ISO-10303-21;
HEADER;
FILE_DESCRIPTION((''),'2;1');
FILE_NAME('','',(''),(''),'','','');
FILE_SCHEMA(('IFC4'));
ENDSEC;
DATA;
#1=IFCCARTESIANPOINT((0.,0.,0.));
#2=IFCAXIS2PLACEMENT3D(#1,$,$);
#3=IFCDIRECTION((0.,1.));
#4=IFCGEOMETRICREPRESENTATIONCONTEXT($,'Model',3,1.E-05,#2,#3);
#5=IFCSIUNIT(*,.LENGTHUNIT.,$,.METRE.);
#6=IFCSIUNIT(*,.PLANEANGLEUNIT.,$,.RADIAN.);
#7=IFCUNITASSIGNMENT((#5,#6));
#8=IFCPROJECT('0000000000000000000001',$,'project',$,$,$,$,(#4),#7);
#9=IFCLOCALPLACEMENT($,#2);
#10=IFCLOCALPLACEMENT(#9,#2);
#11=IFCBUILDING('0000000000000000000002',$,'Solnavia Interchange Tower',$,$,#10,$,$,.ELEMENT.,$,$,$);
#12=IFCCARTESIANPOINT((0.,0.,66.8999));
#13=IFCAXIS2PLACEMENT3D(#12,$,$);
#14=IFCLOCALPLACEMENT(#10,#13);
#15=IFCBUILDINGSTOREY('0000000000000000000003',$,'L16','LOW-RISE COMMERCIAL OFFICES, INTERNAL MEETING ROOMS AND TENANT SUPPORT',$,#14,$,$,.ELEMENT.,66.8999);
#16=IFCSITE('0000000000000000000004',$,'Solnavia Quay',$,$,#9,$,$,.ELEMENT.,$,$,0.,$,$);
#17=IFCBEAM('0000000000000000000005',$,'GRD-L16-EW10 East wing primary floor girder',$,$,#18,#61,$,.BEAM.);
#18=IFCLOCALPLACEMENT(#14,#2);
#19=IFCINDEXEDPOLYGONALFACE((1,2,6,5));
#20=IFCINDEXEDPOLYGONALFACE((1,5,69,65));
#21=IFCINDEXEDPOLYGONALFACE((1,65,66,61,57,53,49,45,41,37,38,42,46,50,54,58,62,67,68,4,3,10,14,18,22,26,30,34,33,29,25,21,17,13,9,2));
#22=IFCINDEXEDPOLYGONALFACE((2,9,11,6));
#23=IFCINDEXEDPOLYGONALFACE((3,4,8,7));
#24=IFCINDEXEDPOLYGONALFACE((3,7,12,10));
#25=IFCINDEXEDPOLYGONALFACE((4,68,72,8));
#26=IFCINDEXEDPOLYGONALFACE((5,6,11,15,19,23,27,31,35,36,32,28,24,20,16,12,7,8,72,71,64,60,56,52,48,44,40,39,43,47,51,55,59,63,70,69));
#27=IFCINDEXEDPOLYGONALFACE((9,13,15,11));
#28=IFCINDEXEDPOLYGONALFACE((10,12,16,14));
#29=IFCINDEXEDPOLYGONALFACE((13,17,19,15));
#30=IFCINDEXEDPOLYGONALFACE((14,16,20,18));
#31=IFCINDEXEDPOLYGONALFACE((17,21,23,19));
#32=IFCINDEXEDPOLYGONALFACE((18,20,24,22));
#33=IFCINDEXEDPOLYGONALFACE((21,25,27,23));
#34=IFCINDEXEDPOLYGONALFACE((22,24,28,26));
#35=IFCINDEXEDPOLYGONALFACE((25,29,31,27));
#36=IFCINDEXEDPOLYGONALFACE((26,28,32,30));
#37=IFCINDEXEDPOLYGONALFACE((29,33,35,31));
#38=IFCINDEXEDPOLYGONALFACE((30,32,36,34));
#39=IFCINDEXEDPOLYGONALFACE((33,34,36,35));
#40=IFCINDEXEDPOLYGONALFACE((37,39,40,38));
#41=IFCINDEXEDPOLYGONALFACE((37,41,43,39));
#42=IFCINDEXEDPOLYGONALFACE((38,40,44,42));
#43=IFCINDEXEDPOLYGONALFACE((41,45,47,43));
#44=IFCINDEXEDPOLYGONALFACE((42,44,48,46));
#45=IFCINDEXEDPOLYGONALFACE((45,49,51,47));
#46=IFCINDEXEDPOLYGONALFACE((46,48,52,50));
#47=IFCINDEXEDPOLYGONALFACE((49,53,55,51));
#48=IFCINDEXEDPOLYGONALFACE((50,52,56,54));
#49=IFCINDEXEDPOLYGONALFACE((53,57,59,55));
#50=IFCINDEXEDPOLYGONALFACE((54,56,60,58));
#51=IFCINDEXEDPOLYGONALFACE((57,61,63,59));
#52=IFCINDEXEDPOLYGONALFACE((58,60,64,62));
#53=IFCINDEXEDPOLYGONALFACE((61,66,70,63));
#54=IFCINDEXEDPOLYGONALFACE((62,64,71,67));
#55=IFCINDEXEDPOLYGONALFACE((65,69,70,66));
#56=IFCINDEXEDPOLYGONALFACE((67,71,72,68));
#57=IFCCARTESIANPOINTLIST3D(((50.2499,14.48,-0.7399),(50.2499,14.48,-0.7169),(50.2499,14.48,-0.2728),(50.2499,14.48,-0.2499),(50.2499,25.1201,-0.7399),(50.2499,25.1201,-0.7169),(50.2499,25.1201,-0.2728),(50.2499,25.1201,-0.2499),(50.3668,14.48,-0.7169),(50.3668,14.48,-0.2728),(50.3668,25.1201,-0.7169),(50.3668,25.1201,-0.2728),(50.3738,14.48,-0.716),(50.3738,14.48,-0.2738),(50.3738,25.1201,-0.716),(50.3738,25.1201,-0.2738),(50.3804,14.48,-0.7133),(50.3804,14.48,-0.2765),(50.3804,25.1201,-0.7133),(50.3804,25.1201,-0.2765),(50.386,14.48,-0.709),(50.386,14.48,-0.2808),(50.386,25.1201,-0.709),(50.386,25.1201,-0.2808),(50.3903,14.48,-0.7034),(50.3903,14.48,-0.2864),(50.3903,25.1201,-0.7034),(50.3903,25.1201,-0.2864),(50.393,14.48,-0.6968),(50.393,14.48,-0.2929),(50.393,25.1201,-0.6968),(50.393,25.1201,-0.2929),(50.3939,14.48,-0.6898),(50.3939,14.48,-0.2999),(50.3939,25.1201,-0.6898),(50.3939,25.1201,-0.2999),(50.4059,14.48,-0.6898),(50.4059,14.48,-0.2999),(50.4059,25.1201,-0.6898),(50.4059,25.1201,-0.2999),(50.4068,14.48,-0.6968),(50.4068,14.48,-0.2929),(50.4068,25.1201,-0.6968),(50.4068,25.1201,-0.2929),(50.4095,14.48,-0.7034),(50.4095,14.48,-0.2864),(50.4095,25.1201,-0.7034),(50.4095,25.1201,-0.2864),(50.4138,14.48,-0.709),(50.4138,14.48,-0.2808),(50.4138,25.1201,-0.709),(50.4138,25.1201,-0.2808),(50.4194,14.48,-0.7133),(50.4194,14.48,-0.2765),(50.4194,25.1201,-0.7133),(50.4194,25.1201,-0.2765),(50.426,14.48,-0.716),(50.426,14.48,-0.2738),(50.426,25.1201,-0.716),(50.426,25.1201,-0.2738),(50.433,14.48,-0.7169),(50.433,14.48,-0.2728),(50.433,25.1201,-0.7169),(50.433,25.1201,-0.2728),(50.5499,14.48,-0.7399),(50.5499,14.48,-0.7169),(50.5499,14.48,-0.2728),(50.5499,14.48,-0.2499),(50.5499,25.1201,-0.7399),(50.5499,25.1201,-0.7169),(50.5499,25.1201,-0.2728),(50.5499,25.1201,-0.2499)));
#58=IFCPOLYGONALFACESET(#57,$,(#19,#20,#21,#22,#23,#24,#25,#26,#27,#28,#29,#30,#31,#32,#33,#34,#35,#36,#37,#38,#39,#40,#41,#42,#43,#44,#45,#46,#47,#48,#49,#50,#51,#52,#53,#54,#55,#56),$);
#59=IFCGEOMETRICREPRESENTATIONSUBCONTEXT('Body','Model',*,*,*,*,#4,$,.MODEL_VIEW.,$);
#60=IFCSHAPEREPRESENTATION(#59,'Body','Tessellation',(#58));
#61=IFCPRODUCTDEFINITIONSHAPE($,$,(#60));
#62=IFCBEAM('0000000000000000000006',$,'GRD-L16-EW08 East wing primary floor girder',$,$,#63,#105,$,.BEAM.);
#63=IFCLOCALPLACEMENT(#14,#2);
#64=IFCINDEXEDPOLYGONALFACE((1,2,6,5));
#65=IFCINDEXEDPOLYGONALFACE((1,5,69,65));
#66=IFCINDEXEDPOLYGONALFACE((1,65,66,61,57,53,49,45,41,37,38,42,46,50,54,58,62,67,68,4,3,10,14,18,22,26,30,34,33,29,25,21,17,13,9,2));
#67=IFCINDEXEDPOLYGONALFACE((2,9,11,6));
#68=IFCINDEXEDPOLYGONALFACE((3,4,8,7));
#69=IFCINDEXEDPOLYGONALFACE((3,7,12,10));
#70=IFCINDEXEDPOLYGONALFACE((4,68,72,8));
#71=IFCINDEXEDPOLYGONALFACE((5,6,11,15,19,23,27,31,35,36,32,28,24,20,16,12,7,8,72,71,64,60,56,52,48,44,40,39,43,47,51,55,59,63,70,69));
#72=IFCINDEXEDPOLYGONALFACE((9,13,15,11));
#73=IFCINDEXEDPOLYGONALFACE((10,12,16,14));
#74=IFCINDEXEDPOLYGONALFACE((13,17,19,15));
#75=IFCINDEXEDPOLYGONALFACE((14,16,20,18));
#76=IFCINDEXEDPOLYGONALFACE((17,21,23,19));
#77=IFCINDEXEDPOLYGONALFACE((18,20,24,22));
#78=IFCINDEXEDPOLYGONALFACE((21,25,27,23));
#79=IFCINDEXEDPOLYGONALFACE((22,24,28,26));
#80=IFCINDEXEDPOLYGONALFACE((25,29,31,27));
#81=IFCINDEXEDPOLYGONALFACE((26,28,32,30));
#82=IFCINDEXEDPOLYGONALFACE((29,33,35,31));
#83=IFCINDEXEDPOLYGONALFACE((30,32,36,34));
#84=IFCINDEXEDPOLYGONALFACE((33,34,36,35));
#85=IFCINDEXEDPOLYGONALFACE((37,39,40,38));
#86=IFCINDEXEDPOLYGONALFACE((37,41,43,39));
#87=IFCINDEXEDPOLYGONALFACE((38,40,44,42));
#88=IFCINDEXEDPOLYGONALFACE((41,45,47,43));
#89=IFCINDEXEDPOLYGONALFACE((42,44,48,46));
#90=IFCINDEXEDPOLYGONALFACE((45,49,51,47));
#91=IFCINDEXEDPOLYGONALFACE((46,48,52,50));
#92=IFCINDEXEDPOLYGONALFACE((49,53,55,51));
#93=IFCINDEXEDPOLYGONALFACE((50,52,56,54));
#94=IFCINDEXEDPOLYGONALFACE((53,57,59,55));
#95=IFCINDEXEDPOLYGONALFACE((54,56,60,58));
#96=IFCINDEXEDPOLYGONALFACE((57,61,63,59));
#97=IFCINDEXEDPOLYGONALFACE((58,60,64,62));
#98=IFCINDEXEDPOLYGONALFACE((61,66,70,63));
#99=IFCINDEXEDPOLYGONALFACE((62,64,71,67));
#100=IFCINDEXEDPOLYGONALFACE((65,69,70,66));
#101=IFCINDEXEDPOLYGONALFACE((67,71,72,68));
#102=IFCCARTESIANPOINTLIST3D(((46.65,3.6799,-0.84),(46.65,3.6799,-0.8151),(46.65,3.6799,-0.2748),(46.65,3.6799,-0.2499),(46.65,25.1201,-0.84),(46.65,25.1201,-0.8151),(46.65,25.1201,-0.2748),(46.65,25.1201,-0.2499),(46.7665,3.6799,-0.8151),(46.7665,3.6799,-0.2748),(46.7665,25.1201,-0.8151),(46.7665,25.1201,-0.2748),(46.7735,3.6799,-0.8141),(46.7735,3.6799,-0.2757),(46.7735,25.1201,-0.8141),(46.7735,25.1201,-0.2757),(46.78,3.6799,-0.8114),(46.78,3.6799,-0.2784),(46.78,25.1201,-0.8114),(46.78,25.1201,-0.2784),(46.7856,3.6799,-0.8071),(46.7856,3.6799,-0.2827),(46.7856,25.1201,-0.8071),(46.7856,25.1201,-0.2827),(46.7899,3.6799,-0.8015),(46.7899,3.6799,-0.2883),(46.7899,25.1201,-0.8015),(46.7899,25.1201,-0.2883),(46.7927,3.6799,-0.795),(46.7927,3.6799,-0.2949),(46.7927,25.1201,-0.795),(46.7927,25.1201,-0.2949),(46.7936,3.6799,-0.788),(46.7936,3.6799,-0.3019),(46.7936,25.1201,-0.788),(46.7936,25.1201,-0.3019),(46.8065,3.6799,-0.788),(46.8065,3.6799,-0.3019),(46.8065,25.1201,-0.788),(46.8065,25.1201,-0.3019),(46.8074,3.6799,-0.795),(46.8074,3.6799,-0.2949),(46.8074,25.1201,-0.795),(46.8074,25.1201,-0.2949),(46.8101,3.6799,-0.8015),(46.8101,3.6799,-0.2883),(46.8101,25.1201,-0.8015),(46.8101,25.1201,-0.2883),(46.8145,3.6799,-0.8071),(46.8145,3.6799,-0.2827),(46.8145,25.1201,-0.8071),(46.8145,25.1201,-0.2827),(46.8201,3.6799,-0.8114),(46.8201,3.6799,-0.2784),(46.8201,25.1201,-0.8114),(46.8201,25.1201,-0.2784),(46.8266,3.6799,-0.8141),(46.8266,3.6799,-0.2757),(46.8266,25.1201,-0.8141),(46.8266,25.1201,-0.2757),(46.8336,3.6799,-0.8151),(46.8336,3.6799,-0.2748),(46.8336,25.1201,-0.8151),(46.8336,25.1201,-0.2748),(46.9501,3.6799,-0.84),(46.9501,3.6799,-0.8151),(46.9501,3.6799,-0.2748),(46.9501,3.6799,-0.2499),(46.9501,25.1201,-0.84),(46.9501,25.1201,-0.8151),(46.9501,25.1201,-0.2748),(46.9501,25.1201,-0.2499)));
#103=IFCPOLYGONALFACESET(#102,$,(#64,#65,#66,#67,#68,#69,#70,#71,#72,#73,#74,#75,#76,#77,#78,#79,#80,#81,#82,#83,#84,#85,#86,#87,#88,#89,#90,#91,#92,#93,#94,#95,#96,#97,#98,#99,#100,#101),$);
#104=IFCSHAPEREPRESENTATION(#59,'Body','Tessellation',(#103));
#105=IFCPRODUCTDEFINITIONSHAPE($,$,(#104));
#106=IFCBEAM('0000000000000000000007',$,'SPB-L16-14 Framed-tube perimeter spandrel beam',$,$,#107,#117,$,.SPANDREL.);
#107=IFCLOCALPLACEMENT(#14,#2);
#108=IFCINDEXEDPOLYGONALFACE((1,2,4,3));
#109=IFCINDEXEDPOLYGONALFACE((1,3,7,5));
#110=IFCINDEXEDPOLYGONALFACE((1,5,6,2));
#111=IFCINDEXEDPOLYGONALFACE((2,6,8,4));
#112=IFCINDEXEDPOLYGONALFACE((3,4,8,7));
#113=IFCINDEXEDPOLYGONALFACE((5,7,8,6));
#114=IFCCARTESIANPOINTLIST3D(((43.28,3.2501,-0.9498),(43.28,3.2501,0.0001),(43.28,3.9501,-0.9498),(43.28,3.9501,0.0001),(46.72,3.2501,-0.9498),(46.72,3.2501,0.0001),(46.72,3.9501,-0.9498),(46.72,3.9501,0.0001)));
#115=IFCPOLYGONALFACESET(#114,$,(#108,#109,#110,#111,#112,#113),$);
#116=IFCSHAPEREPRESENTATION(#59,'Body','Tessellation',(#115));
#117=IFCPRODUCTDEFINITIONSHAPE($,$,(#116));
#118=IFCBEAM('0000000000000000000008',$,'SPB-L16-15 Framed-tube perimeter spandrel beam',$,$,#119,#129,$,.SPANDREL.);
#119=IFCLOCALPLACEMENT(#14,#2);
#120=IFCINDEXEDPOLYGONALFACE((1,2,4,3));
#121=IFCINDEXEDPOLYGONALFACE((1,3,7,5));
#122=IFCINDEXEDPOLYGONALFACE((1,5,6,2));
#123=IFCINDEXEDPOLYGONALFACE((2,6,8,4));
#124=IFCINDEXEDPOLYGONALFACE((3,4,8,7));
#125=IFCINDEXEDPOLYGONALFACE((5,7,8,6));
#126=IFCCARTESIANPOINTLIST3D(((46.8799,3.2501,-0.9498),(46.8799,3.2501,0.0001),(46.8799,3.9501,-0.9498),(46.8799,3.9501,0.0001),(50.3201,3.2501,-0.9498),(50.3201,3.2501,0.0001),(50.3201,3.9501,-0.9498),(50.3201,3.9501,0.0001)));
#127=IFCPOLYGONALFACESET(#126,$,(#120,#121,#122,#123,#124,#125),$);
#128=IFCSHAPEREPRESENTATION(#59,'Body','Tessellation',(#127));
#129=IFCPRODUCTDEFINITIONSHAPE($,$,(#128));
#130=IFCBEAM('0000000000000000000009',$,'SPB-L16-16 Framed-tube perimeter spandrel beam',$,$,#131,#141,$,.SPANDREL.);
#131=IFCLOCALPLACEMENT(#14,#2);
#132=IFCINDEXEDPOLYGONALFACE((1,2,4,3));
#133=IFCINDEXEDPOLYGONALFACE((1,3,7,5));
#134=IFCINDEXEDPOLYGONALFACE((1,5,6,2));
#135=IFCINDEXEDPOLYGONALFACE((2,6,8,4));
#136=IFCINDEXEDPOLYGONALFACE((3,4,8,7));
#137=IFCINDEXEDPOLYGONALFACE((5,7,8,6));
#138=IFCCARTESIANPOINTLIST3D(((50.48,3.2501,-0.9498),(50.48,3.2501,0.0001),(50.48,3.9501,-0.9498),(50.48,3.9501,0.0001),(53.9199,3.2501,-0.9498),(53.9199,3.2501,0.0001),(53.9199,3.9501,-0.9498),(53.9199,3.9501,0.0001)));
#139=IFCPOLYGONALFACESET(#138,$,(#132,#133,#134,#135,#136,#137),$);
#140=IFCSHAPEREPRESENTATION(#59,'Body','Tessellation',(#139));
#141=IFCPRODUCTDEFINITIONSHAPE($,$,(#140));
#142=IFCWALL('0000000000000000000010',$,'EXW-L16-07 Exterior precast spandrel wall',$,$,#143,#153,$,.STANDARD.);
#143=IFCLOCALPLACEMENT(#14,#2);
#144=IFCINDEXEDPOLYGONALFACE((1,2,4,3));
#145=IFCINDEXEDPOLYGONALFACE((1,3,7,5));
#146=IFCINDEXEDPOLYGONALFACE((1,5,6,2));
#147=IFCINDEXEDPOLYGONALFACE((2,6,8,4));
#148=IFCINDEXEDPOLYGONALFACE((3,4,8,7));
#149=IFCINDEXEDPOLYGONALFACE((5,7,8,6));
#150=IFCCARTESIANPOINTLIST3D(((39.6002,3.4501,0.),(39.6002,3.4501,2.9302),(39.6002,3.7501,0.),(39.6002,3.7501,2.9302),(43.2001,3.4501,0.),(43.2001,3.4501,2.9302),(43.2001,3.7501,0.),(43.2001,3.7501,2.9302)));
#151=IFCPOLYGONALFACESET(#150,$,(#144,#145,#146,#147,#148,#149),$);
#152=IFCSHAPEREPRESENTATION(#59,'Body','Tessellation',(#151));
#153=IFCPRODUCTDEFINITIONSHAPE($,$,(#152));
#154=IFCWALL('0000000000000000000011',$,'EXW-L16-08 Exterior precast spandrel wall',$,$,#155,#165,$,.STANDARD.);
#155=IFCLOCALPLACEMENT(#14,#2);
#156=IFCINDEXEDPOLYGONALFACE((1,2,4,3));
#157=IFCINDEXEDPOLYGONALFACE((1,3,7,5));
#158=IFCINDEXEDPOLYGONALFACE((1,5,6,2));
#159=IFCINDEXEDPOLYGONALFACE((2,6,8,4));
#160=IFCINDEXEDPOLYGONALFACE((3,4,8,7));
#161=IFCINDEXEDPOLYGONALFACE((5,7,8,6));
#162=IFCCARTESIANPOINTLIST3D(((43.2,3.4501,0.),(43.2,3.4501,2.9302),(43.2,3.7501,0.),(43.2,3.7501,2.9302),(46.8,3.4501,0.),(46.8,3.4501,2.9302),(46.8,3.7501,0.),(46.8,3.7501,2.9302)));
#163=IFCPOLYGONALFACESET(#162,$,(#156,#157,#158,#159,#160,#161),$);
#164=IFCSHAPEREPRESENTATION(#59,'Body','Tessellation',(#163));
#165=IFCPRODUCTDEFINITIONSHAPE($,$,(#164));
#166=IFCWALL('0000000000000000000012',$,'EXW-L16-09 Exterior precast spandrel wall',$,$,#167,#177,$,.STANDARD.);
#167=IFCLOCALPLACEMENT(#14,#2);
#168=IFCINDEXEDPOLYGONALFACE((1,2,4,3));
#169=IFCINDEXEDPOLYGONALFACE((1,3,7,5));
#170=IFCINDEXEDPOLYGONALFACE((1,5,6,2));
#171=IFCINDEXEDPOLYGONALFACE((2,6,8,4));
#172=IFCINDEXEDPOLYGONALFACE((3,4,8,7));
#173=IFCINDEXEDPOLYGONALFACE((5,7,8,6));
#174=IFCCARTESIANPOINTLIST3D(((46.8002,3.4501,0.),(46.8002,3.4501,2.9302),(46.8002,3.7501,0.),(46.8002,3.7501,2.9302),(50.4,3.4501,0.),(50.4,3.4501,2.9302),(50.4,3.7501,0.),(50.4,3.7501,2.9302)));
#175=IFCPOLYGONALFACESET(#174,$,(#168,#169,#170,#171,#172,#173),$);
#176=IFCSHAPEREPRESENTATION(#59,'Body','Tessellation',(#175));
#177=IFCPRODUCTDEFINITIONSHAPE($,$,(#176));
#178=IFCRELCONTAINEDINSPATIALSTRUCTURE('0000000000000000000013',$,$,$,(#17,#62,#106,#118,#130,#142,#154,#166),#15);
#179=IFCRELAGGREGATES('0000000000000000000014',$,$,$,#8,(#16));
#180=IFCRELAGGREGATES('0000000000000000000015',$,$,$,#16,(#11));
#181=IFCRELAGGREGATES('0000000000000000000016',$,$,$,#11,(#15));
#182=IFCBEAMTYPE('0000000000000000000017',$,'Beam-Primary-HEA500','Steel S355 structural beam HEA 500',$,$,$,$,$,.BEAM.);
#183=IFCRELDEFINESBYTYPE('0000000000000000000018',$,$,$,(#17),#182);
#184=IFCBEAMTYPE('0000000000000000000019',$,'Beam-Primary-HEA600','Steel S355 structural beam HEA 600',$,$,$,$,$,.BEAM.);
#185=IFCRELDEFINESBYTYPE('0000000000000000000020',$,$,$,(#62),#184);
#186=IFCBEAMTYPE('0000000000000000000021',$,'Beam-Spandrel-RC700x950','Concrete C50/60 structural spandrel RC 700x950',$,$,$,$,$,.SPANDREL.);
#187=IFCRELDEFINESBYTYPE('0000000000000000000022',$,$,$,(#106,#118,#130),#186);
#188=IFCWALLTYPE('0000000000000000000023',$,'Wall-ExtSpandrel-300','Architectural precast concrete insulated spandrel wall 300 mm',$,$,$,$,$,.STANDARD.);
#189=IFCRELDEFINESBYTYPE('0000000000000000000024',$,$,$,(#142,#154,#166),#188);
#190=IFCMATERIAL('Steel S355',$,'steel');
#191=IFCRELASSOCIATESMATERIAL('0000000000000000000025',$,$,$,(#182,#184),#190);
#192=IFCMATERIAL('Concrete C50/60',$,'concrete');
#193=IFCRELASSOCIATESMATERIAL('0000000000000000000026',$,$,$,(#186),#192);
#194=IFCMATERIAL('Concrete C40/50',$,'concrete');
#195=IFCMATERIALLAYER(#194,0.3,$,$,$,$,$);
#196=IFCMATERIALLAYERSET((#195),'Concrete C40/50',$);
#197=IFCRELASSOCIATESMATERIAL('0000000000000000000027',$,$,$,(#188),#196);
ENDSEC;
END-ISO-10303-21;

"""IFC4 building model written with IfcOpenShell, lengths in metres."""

from ifc_helpers import new_model, si_unit, direction, frame, frame_2d, origin, origin_2d, place, context, subcontext, project, spatial, rectangle, i_section, extrude, material, layer, layer_set, material_profile, profile_set, type_object, element, save


model = new_model("IFC4")

# Units and contexts
model_context = context("Model", 3, precision=1e-05, world=origin(), true_north=direction((0.0, 1.0)))
body_context = subcontext(model_context, "Body", "Model", "MODEL_VIEW")
ifc_project = project(units=[si_unit("LENGTHUNIT", "METRE"), si_unit("PLANEANGLEUNIT", "RADIAN")], contexts=[model_context])

# Site, building, storey
site_placement = place(None, origin())
site = spatial("IfcSite", under=ifc_project, at=site_placement, Name="Solnavia Quay", CompositionType="ELEMENT", RefElevation=0.0)
building_placement = place(site_placement, origin())
building = spatial("IfcBuilding", under=site, at=building_placement, Name="Solnavia Interchange Tower", CompositionType="ELEMENT")
storey_placement = place(building_placement, frame((0.0, 0.0, 66.8999)))
storey = spatial("IfcBuildingStorey", under=building, at=storey_placement, Name="L16", Description="LOW-RISE COMMERCIAL OFFICES, INTERNAL MEETING ROOMS AND TENANT SUPPORT", CompositionType="ELEMENT", Elevation=66.8999)

# Shared definitions
ifc_material_1 = material(Name="Steel S355", Category="steel")

# Beams
ifc_material_profile_1 = material_profile(ifc_material_1, i_section(OverallWidth=0.3, OverallDepth=0.49, WebThickness=0.012, FlangeThickness=0.0229, FilletRadius=0.0271, at=origin_2d()), Name="HEA 500")
ifc_profile_set_1 = profile_set([ifc_material_profile_1], Name="Steel S355")
beam_type_1 = type_object("IfcBeamType", Name="Beam-Primary-HEA500", Description="Steel S355 structural beam HEA 500", PredefinedType="BEAM", material=ifc_profile_set_1)
for number, where, z_axis, x_axis, name in (
    (1, (50.3999, 14.48, -0.4949), (0.0, 1.0, 0.0), (-1.0, 0.0, 0.0), "GRD-L16-EW10 East wing primary floor girder"),
):
    element("IfcBeam", number, at=place(storey_placement, frame(where, z_axis=z_axis, x_axis=x_axis)), inside=storey, type_object=beam_type_1, Name=name, PredefinedType="BEAM", context=body_context, shape_type="SweptSolid", body=[
        extrude(i_section(OverallWidth=0.3, OverallDepth=0.49, WebThickness=0.012, FlangeThickness=0.0229, FilletRadius=0.0271, at=origin_2d()), origin(), (0.0, 0.0, 1.0), 10.6401),
    ])
ifc_material_profile_2 = material_profile(ifc_material_1, i_section(OverallWidth=0.3, OverallDepth=0.5901, WebThickness=0.0129, FlangeThickness=0.0249, FilletRadius=0.0271, at=origin_2d()), Name="HEA 600")
ifc_profile_set_2 = profile_set([ifc_material_profile_2], Name="Steel S355")
beam_type_2 = type_object("IfcBeamType", Name="Beam-Primary-HEA600", Description="Steel S355 structural beam HEA 600", PredefinedType="BEAM", material=ifc_profile_set_2)
beam_1_placement = place(storey_placement, frame((46.8, 3.6799, -0.5449), z_axis=(0.0, 1.0, 0.0), x_axis=(-1.0, 0.0, 0.0)))
element("IfcBeam", 2, at=beam_1_placement, inside=storey, type_object=beam_type_2, Name="GRD-L16-EW08 East wing primary floor girder", PredefinedType="BEAM", context=body_context, shape_type="SweptSolid", body=[
    extrude(i_section(OverallWidth=0.3, OverallDepth=0.5901, WebThickness=0.0129, FlangeThickness=0.0249, FilletRadius=0.0271, at=origin_2d()), origin(), (0.0, 0.0, 1.0), 21.4402),
])
ifc_material_2 = material(Name="Concrete C50/60", Category="concrete")
ifc_material_profile_3 = material_profile(ifc_material_2, rectangle(XDim=0.7, YDim=0.95, at=origin_2d()), Name="RC 700x950")
ifc_profile_set_3 = profile_set([ifc_material_profile_3], Name="Concrete C50/60")
beam_type_3 = type_object("IfcBeamType", Name="Beam-Spandrel-RC700x950", Description="Concrete C50/60 structural spandrel RC 700x950", PredefinedType="SPANDREL", material=ifc_profile_set_3)
beam_2_placement = place(storey_placement, frame((43.28, 3.6001, -0.4749), z_axis=(1.0, 0.0, 0.0), x_axis=(0.0, 1.0, 0.0)))
element("IfcBeam", 3, at=beam_2_placement, inside=storey, type_object=beam_type_3, Name="SPB-L16-14 Framed-tube perimeter spandrel beam", PredefinedType="SPANDREL", context=body_context, shape_type="SweptSolid", body=[
    extrude(rectangle(XDim=0.7, YDim=0.95, at=origin_2d()), origin(), (0.0, 0.0, 1.0), 3.4399),
])
beam_3_placement = place(storey_placement, frame((46.8799, 3.6001, -0.4749), z_axis=(1.0, 0.0, 0.0), x_axis=(0.0, 1.0, 0.0)))
element("IfcBeam", 4, at=beam_3_placement, inside=storey, type_object=beam_type_3, Name="SPB-L16-15 Framed-tube perimeter spandrel beam", PredefinedType="SPANDREL", context=body_context, shape_type="SweptSolid", body=[
    extrude(rectangle(XDim=0.7, YDim=0.95, at=origin_2d()), origin(), (0.0, 0.0, 1.0), 3.4402),
])
beam_4_placement = place(storey_placement, frame((50.48, 3.6001, -0.4749), z_axis=(1.0, 0.0, 0.0), x_axis=(0.0, 1.0, 0.0)))
element("IfcBeam", 5, at=beam_4_placement, inside=storey, type_object=beam_type_3, Name="SPB-L16-16 Framed-tube perimeter spandrel beam", PredefinedType="SPANDREL", context=body_context, shape_type="SweptSolid", body=[
    extrude(rectangle(XDim=0.7, YDim=0.95, at=origin_2d()), origin(), (0.0, 0.0, 1.0), 3.4399),
])

# Walls
ifc_material_3 = material(Name="Concrete C40/50", Category="concrete")
ifc_layer = layer(ifc_material_3, 0.3)
ifc_layer_set = layer_set([ifc_layer], Name="Concrete C40/50")
wall_type = type_object("IfcWallType", Name="Wall-ExtSpandrel-300", Description="Architectural precast concrete insulated spandrel wall 300 mm", PredefinedType="STANDARD", material=ifc_layer_set)
wall_1_placement = place(storey_placement, frame((43.2, 3.6001, 0.0), z_axis=(0.0, 0.0, 1.0), x_axis=(-1.0, 0.0, 0.0)))
element("IfcWall", 6, at=wall_1_placement, inside=storey, type_object=wall_type, Name="EXW-L16-07 Exterior precast spandrel wall", PredefinedType="STANDARD", context=body_context, shape_type="SweptSolid", body=[
    extrude(rectangle(XDim=3.5999, YDim=0.3, at=frame_2d((1.7998, 0.0))), origin(), (0.0, 0.0, 1.0), 2.9302),
])
wall_2_placement = place(storey_placement, frame((46.8, 3.6001, 0.0), z_axis=(0.0, 0.0, 1.0), x_axis=(-1.0, 0.0, 0.0)))
element("IfcWall", 7, at=wall_2_placement, inside=storey, type_object=wall_type, Name="EXW-L16-08 Exterior precast spandrel wall", PredefinedType="STANDARD", context=body_context, shape_type="SweptSolid", body=[
    extrude(rectangle(XDim=3.6001, YDim=0.3, at=frame_2d((1.8, 0.0))), origin(), (0.0, 0.0, 1.0), 2.9302),
])
wall_3_placement = place(storey_placement, frame((50.3999, 3.6001, 0.0), z_axis=(0.0, 0.0, 1.0), x_axis=(-1.0, 0.0, 0.0)))
element("IfcWall", 8, at=wall_3_placement, inside=storey, type_object=wall_type, Name="EXW-L16-09 Exterior precast spandrel wall", PredefinedType="STANDARD", context=body_context, shape_type="SweptSolid", body=[
    extrude(rectangle(XDim=3.5999, YDim=0.3, at=frame_2d((1.7998, 0.0))), origin(), (0.0, 0.0, 1.0), 2.9302),
])

save(model, "model.ifc")
